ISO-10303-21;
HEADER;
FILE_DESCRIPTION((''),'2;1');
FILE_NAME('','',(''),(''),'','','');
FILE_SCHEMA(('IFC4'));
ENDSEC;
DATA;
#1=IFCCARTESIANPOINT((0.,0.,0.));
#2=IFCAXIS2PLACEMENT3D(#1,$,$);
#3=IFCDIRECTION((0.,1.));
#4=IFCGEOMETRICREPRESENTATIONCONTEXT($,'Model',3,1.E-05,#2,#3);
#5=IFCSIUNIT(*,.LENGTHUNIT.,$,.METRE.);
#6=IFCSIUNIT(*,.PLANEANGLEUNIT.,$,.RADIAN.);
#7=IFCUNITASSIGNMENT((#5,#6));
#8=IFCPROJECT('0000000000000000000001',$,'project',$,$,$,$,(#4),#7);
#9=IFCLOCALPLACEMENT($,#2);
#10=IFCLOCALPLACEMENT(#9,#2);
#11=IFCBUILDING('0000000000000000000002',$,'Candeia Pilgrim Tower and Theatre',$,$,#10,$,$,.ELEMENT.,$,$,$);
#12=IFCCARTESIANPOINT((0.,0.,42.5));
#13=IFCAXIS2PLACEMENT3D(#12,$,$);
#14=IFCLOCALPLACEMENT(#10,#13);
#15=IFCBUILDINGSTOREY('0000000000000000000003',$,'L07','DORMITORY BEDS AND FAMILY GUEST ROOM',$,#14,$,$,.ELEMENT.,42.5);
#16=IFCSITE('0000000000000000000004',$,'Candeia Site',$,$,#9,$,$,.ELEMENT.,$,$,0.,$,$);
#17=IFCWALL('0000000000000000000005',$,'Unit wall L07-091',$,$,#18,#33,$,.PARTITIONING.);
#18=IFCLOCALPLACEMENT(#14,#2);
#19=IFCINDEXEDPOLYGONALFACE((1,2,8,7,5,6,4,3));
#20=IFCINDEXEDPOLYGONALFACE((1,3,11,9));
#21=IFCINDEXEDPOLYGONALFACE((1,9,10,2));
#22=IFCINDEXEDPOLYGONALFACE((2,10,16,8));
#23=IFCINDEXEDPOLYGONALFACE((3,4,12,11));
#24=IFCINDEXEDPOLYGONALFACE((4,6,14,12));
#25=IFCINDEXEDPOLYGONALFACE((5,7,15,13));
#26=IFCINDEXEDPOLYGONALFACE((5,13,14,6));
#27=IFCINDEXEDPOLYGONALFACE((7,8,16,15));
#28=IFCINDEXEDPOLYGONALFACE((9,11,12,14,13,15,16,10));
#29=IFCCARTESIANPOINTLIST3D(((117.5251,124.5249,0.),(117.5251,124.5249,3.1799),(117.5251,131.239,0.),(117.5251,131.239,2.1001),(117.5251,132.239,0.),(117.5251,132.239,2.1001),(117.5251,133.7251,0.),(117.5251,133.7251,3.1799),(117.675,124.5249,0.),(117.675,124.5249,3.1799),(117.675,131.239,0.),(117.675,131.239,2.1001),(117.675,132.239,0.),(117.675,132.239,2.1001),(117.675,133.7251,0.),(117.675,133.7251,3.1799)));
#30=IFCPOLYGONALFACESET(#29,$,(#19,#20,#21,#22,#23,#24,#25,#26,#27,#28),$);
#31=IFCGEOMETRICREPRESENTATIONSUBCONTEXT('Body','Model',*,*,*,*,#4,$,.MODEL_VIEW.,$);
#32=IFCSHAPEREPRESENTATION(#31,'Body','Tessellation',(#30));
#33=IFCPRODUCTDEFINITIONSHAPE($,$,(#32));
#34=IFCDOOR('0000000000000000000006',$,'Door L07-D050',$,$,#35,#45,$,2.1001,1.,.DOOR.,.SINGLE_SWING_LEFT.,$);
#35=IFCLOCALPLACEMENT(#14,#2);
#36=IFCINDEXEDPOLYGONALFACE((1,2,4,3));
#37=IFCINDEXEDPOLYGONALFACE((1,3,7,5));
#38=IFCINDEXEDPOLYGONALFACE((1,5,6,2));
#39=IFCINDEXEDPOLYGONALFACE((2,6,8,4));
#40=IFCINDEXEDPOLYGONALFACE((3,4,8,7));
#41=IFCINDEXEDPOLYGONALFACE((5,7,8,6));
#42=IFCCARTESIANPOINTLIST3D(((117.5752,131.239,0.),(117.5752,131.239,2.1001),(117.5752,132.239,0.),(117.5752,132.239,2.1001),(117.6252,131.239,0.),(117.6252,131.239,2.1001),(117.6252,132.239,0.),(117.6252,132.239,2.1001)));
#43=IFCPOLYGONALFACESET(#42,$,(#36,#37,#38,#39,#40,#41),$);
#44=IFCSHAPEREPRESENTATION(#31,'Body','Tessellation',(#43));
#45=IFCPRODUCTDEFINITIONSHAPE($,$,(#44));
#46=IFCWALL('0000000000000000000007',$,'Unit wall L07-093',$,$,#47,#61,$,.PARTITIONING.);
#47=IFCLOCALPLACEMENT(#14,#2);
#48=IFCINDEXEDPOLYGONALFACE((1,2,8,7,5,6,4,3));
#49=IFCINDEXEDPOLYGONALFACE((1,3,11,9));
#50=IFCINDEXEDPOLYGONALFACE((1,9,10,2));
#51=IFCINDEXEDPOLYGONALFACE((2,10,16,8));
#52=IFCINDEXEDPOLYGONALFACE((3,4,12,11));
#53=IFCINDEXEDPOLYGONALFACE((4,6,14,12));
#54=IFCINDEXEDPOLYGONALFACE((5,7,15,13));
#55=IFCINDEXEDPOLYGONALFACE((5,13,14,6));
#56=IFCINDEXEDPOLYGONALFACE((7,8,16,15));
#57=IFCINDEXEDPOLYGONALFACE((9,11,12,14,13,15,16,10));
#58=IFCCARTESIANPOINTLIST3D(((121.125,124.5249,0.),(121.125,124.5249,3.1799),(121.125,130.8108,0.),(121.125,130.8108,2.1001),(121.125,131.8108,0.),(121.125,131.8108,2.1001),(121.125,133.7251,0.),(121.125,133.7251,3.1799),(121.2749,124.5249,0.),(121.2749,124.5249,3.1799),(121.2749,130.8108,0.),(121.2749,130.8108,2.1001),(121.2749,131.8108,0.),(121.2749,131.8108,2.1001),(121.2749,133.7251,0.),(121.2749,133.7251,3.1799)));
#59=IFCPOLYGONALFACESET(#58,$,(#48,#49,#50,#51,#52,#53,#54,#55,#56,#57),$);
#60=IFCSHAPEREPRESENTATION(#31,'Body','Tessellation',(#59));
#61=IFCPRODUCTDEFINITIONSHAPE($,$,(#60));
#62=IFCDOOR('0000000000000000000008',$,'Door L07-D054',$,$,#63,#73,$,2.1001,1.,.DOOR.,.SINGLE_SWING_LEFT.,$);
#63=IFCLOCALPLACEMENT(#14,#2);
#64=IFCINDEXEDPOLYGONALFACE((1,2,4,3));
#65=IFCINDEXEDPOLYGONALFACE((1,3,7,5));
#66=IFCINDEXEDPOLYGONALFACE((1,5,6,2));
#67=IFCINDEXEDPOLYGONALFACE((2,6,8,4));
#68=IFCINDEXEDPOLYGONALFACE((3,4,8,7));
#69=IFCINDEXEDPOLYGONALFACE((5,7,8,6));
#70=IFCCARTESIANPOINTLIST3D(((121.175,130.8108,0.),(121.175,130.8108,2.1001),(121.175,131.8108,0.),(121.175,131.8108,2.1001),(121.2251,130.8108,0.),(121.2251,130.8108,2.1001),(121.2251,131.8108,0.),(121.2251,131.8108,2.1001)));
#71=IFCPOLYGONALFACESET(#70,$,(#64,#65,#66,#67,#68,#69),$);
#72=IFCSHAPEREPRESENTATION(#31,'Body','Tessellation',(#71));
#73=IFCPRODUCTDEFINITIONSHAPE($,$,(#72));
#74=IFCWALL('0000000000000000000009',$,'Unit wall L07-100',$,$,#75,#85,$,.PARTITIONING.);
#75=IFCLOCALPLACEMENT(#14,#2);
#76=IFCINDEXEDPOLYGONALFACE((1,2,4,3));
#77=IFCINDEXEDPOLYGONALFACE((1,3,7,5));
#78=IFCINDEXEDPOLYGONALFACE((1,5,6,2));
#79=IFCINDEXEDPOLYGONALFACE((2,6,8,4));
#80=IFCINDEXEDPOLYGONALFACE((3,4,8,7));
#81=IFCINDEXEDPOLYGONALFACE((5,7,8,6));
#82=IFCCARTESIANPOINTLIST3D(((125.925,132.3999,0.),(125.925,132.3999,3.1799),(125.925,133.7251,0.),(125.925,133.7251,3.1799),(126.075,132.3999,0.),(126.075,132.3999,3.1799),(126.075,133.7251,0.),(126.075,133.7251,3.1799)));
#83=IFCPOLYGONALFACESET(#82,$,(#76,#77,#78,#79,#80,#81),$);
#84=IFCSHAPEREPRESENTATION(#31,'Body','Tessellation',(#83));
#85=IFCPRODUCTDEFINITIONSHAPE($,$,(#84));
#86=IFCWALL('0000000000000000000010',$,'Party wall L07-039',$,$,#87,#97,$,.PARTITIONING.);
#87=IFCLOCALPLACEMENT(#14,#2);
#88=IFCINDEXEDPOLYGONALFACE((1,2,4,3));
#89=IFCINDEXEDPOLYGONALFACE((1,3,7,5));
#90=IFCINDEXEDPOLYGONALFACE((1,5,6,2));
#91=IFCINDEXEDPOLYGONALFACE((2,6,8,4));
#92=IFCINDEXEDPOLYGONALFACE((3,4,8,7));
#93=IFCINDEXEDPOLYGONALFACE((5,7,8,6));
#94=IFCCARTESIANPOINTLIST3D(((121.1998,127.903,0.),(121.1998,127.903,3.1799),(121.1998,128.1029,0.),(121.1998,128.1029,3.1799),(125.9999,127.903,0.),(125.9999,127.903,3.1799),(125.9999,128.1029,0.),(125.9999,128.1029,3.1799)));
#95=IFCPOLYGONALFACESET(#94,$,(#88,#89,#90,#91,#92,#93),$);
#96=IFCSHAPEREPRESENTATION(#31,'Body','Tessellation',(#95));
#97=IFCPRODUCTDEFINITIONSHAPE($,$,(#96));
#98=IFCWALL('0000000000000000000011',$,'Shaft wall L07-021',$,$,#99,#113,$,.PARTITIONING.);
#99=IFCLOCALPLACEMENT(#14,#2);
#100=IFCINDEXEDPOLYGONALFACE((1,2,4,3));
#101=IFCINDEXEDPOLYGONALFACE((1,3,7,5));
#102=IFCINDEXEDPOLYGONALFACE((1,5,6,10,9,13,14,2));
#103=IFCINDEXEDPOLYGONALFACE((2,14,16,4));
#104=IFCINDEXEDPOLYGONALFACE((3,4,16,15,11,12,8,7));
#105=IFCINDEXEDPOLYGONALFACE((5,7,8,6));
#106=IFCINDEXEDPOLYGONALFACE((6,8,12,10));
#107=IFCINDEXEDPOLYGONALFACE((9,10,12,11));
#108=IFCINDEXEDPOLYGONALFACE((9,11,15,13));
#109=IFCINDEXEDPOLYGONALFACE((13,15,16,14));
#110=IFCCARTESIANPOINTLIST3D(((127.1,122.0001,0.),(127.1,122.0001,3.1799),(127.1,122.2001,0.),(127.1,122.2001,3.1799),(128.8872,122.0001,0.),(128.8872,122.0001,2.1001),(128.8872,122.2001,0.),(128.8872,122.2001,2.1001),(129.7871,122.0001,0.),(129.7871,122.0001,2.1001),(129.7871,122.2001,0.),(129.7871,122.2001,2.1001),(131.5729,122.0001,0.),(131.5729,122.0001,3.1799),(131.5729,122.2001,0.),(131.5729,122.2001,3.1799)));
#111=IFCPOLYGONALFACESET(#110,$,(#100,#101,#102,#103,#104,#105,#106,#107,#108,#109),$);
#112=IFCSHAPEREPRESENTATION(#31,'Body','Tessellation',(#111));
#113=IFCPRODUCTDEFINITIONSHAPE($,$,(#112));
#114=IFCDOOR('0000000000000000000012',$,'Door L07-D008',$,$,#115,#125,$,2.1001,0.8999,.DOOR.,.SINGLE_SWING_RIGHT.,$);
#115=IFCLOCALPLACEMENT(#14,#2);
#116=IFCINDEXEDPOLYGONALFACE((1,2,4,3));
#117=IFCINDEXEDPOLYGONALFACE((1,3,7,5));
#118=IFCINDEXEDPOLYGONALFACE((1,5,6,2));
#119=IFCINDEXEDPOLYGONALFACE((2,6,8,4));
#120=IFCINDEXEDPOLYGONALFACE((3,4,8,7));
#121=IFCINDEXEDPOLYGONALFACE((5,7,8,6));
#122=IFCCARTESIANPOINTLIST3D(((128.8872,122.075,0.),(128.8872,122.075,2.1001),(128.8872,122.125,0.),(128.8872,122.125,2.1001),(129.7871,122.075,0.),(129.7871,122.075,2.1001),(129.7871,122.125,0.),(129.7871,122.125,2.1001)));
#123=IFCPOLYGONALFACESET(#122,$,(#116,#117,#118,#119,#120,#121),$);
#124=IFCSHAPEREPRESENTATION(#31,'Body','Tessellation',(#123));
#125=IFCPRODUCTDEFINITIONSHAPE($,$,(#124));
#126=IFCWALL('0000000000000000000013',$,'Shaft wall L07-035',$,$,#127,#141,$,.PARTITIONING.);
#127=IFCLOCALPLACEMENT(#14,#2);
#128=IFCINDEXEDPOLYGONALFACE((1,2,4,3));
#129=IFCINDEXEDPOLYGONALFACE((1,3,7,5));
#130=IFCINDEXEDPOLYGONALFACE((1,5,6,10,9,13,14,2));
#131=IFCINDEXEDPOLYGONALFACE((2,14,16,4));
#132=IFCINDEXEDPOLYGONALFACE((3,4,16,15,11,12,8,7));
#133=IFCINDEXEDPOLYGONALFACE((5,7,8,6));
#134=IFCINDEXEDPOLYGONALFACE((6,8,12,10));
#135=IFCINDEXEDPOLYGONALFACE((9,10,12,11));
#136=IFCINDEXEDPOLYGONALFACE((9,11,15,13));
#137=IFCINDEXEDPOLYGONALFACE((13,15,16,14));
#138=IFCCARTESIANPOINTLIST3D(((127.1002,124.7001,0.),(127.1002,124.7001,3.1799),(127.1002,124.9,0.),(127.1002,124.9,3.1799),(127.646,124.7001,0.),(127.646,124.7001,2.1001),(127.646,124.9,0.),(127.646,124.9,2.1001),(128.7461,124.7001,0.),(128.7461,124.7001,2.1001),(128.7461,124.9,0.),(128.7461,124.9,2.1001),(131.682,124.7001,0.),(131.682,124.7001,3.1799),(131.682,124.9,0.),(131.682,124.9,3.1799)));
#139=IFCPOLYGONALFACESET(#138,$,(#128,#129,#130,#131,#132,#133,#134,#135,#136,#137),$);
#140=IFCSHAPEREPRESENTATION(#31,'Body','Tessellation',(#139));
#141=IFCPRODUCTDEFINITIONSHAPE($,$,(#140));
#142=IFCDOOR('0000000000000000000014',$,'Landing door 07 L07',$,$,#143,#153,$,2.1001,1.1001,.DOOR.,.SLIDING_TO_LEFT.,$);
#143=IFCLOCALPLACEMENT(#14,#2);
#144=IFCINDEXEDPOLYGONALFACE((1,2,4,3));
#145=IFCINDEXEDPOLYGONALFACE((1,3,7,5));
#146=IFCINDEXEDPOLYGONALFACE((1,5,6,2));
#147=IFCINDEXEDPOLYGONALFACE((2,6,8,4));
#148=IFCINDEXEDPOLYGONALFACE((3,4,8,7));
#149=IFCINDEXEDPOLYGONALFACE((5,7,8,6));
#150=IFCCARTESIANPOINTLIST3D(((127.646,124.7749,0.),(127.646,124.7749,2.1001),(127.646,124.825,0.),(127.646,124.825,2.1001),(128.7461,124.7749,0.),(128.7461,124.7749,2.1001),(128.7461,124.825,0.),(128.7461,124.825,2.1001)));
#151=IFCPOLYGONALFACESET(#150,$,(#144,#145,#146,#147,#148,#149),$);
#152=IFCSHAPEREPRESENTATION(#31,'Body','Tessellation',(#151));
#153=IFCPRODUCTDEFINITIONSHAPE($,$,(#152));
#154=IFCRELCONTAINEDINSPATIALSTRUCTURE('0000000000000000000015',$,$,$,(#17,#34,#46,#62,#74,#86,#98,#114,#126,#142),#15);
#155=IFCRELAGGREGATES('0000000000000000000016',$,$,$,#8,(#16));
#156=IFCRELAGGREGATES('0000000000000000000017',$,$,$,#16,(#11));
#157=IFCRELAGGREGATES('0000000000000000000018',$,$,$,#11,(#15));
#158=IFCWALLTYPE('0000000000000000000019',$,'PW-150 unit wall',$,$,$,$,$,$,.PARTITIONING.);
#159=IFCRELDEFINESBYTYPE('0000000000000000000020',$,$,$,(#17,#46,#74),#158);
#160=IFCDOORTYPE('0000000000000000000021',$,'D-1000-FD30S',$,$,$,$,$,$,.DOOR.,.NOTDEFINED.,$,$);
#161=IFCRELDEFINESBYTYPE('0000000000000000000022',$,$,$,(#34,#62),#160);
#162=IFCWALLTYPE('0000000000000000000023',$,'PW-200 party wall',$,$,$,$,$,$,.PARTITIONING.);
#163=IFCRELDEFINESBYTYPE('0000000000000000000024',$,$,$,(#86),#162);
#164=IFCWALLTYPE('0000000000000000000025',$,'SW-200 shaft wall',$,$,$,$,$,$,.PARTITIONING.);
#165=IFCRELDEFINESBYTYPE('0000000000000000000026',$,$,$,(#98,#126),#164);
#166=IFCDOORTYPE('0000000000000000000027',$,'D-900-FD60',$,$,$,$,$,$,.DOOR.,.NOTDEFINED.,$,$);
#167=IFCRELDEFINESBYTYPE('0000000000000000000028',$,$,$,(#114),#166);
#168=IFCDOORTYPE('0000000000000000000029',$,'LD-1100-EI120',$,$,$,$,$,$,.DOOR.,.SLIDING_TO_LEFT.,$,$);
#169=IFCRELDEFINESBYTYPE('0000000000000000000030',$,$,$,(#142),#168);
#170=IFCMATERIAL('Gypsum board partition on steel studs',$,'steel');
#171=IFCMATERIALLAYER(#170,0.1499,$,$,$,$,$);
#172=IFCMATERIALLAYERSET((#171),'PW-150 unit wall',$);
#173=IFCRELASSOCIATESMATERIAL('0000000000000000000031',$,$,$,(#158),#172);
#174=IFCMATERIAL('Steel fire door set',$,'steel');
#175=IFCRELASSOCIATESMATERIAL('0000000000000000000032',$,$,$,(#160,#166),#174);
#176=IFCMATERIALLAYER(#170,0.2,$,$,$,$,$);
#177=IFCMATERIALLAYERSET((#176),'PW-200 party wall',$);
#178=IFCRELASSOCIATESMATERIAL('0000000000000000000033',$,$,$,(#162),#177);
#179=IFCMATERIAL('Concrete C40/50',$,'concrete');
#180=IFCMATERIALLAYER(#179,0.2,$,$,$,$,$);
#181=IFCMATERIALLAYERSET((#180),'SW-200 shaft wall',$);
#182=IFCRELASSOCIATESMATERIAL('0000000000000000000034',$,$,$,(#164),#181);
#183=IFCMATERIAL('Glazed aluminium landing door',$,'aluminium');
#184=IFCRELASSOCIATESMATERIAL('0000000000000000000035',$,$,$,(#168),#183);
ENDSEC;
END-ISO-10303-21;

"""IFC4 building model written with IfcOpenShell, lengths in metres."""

from ifc_helpers import new_model, si_unit, direction, frame, frame_2d, origin, place, context, subcontext, project, spatial, rectangle, extrude, material, layer, layer_set, type_object, element, fill, save


model = new_model("IFC4")

# Units and contexts
model_context = context("Model", 3, precision=1e-05, world=origin(), true_north=direction((0.0, 1.0)))
body_context = subcontext(model_context, "Body", "Model", "MODEL_VIEW")
ifc_project = project(units=[si_unit("LENGTHUNIT", "METRE"), si_unit("PLANEANGLEUNIT", "RADIAN")], contexts=[model_context])

# Site, building, storey
site_placement = place(None, origin())
site = spatial("IfcSite", under=ifc_project, at=site_placement, Name="Candeia Site", CompositionType="ELEMENT", RefElevation=0.0)
building_placement = place(site_placement, origin())
building = spatial("IfcBuilding", under=site, at=building_placement, Name="Candeia Pilgrim Tower and Theatre", CompositionType="ELEMENT")
storey_placement = place(building_placement, frame((0.0, 0.0, 42.5)))
storey = spatial("IfcBuildingStorey", under=building, at=storey_placement, Name="L07", Description="DORMITORY BEDS AND FAMILY GUEST ROOM", CompositionType="ELEMENT", Elevation=42.5)

# Shared definitions
ifc_material_1 = material(Name="Steel fire door set", Category="steel")
ifc_material_2 = material(Name="Gypsum board partition on steel studs", Category="steel")

# Shared definitions
ifc_layer_1 = layer(ifc_material_2, 0.1499)
ifc_layer_set_1 = layer_set([ifc_layer_1], Name="PW-150 unit wall")
wall_type_1 = type_object("IfcWallType", Name="PW-150 unit wall", PredefinedType="PARTITIONING", material=ifc_layer_set_1)

# Walls, openings, doors
door_type_1 = type_object("IfcDoorType", Name="D-1000-FD30S", OperationType="NOTDEFINED", PredefinedType="DOOR", material=ifc_material_1)
wall_1_placement = place(storey_placement, frame((117.6001, 124.5249, 0.0), z_axis=(0.0, 0.0, 1.0), x_axis=(0.0, 1.0, 0.0)))
wall_1 = element("IfcWall", 1, at=wall_1_placement, inside=storey, type_object=wall_type_1, Name="Unit wall L07-091", PredefinedType="PARTITIONING", context=body_context, shape_type="SweptSolid", body=[
    extrude(rectangle(XDim=9.2002, YDim=0.1499, at=frame_2d((4.6001, 0.0))), origin(), (0.0, 0.0, 1.0), 3.1799),
])
opening_1_placement = place(wall_1_placement, frame((6.7141, 0.0, 0.0)))
opening_1 = element("IfcOpeningElement", 2, at=opening_1_placement, cuts=wall_1, PredefinedType="OPENING", context=body_context, shape_type="SweptSolid", body=[
    extrude(rectangle(XDim=1.0, YDim=2.1001, at=frame_2d((0.5, 1.05))), frame((0.0, 0.085, 0.0), z_axis=(0.0, -1.0, 0.0), x_axis=(1.0, 0.0, 0.0)), (0.0, 0.0, 1.0), 0.1699),
])
door_1_placement = place(opening_1_placement, origin())
door_1 = element("IfcDoor", 3, at=door_1_placement, inside=storey, type_object=door_type_1, Name="Door L07-D050", OperationType="SINGLE_SWING_LEFT", OverallHeight=2.1001, OverallWidth=1.0, PredefinedType="DOOR", context=body_context, shape_type="SweptSolid", body=[
    extrude(rectangle(XDim=1.0, YDim=2.1001, at=frame_2d((0.5, 1.05))), frame((0.0, 0.0249, 0.0), z_axis=(0.0, -1.0, 0.0), x_axis=(1.0, 0.0, 0.0)), (0.0, 0.0, 1.0), 0.05),
])
fill(opening_1, door_1)
wall_2_placement = place(storey_placement, frame((121.2, 124.5249, 0.0), z_axis=(0.0, 0.0, 1.0), x_axis=(0.0, 1.0, 0.0)))
wall_2 = element("IfcWall", 4, at=wall_2_placement, inside=storey, type_object=wall_type_1, Name="Unit wall L07-093", PredefinedType="PARTITIONING", context=body_context, shape_type="SweptSolid", body=[
    extrude(rectangle(XDim=9.2002, YDim=0.1499, at=frame_2d((4.6001, 0.0))), origin(), (0.0, 0.0, 1.0), 3.1799),
])
opening_2_placement = place(wall_2_placement, frame((6.2859, 0.0, 0.0)))
opening_2 = element("IfcOpeningElement", 5, at=opening_2_placement, cuts=wall_2, PredefinedType="OPENING", context=body_context, shape_type="SweptSolid", body=[
    extrude(rectangle(XDim=1.0, YDim=2.1001, at=frame_2d((0.5, 1.05))), frame((0.0, 0.085, 0.0), z_axis=(0.0, -1.0, 0.0), x_axis=(1.0, 0.0, 0.0)), (0.0, 0.0, 1.0), 0.1699),
])
door_2_placement = place(opening_2_placement, origin())
door_2 = element("IfcDoor", 6, at=door_2_placement, inside=storey, type_object=door_type_1, Name="Door L07-D054", OperationType="SINGLE_SWING_LEFT", OverallHeight=2.1001, OverallWidth=1.0, PredefinedType="DOOR", context=body_context, shape_type="SweptSolid", body=[
    extrude(rectangle(XDim=1.0, YDim=2.1001, at=frame_2d((0.5, 1.05))), frame((0.0, 0.0249, 0.0), z_axis=(0.0, -1.0, 0.0), x_axis=(1.0, 0.0, 0.0)), (0.0, 0.0, 1.0), 0.05),
])
fill(opening_2, door_2)

# Walls
wall_3_placement = place(storey_placement, frame((126.0, 132.3999, 0.0), z_axis=(0.0, 0.0, 1.0), x_axis=(0.0, 1.0, 0.0)))
element("IfcWall", 7, at=wall_3_placement, inside=storey, type_object=wall_type_1, Name="Unit wall L07-100", PredefinedType="PARTITIONING", context=body_context, shape_type="SweptSolid", body=[
    extrude(rectangle(XDim=1.3252, YDim=0.1499, at=frame_2d((0.6626, 0.0))), origin(), (0.0, 0.0, 1.0), 3.1799),
])
ifc_layer_2 = layer(ifc_material_2, 0.2)
ifc_layer_set_2 = layer_set([ifc_layer_2], Name="PW-200 party wall")
wall_type_2 = type_object("IfcWallType", Name="PW-200 party wall", PredefinedType="PARTITIONING", material=ifc_layer_set_2)
wall_4_placement = place(storey_placement, frame((121.2, 128.0029, 0.0), z_axis=(0.0, 0.0, 1.0), x_axis=(1.0, 0.0, 0.0)))
element("IfcWall", 8, at=wall_4_placement, inside=storey, type_object=wall_type_2, Name="Party wall L07-039", PredefinedType="PARTITIONING", context=body_context, shape_type="SweptSolid", body=[
    extrude(rectangle(XDim=4.8, YDim=0.2, at=frame_2d((2.3999, 0.0))), origin(), (0.0, 0.0, 1.0), 3.1799),
])

# Walls, openings, doors
ifc_material_3 = material(Name="Concrete C40/50", Category="concrete")
ifc_layer_3 = layer(ifc_material_3, 0.2)
ifc_layer_set_3 = layer_set([ifc_layer_3], Name="SW-200 shaft wall")
wall_type_3 = type_object("IfcWallType", Name="SW-200 shaft wall", PredefinedType="PARTITIONING", material=ifc_layer_set_3)
wall_5_placement = place(storey_placement, frame((127.1001, 122.1001, 0.0), z_axis=(0.0, 0.0, 1.0), x_axis=(1.0, 0.0, 0.0)))
wall_5 = element("IfcWall", 9, at=wall_5_placement, inside=storey, type_object=wall_type_3, Name="Shaft wall L07-021", PredefinedType="PARTITIONING", context=body_context, shape_type="SweptSolid", body=[
    extrude(rectangle(XDim=4.4729, YDim=0.2, at=frame_2d((2.2363, 0.0))), origin(), (0.0, 0.0, 1.0), 3.1799),
])
opening_3_placement = place(wall_5_placement, frame((1.7871, 0.0, 0.0)))
opening_3 = element("IfcOpeningElement", 10, at=opening_3_placement, cuts=wall_5, PredefinedType="OPENING", context=body_context, shape_type="SweptSolid", body=[
    extrude(rectangle(XDim=0.8999, YDim=2.1001, at=frame_2d((0.45, 1.05))), frame((0.0, 0.1099, 0.0), z_axis=(0.0, -1.0, 0.0), x_axis=(1.0, 0.0, 0.0)), (0.0, 0.0, 1.0), 0.22),
])
door_type_2 = type_object("IfcDoorType", Name="D-900-FD60", OperationType="NOTDEFINED", PredefinedType="DOOR", material=ifc_material_1)
door_3_placement = place(opening_3_placement, origin())
door_3 = element("IfcDoor", 11, at=door_3_placement, inside=storey, type_object=door_type_2, Name="Door L07-D008", OperationType="SINGLE_SWING_RIGHT", OverallHeight=2.1001, OverallWidth=0.8999, PredefinedType="DOOR", context=body_context, shape_type="SweptSolid", body=[
    extrude(rectangle(XDim=0.8999, YDim=2.1001, at=frame_2d((0.45, 1.05))), frame((0.0, 0.0249, 0.0), z_axis=(0.0, -1.0, 0.0), x_axis=(1.0, 0.0, 0.0)), (0.0, 0.0, 1.0), 0.05),
])
fill(opening_3, door_3)
wall_6_placement = place(storey_placement, frame((127.1001, 124.8, 0.0), z_axis=(0.0, 0.0, 1.0), x_axis=(1.0, 0.0, 0.0)))
wall_6 = element("IfcWall", 12, at=wall_6_placement, inside=storey, type_object=wall_type_3, Name="Shaft wall L07-035", PredefinedType="PARTITIONING", context=body_context, shape_type="SweptSolid", body=[
    extrude(rectangle(XDim=4.5818, YDim=0.2, at=frame_2d((2.291, 0.0))), origin(), (0.0, 0.0, 1.0), 3.1799),
])
opening_4_placement = place(wall_6_placement, frame((0.5459, 0.0, 0.0)))
opening_4 = element("IfcOpeningElement", 13, at=opening_4_placement, cuts=wall_6, PredefinedType="OPENING", context=body_context, shape_type="SweptSolid", body=[
    extrude(rectangle(XDim=1.1001, YDim=2.1001, at=frame_2d((0.55, 1.05))), frame((0.0, 0.1099, 0.0), z_axis=(0.0, -1.0, 0.0), x_axis=(1.0, 0.0, 0.0)), (0.0, 0.0, 1.0), 0.22),
])
ifc_material_4 = material(Name="Glazed aluminium landing door", Category="aluminium")
door_type_3 = type_object("IfcDoorType", Name="LD-1100-EI120", OperationType="SLIDING_TO_LEFT", PredefinedType="DOOR", material=ifc_material_4)
door_4_placement = place(opening_4_placement, origin())
door_4 = element("IfcDoor", 14, at=door_4_placement, inside=storey, type_object=door_type_3, Name="Landing door 07 L07", OperationType="SLIDING_TO_LEFT", OverallHeight=2.1001, OverallWidth=1.1001, PredefinedType="DOOR", context=body_context, shape_type="SweptSolid", body=[
    extrude(rectangle(XDim=1.1001, YDim=2.1001, at=frame_2d((0.55, 1.05))), frame((0.0, 0.0249, 0.0), z_axis=(0.0, -1.0, 0.0), x_axis=(1.0, 0.0, 0.0)), (0.0, 0.0, 1.0), 0.05),
])
fill(opening_4, door_4)

save(model, "model.ifc")
